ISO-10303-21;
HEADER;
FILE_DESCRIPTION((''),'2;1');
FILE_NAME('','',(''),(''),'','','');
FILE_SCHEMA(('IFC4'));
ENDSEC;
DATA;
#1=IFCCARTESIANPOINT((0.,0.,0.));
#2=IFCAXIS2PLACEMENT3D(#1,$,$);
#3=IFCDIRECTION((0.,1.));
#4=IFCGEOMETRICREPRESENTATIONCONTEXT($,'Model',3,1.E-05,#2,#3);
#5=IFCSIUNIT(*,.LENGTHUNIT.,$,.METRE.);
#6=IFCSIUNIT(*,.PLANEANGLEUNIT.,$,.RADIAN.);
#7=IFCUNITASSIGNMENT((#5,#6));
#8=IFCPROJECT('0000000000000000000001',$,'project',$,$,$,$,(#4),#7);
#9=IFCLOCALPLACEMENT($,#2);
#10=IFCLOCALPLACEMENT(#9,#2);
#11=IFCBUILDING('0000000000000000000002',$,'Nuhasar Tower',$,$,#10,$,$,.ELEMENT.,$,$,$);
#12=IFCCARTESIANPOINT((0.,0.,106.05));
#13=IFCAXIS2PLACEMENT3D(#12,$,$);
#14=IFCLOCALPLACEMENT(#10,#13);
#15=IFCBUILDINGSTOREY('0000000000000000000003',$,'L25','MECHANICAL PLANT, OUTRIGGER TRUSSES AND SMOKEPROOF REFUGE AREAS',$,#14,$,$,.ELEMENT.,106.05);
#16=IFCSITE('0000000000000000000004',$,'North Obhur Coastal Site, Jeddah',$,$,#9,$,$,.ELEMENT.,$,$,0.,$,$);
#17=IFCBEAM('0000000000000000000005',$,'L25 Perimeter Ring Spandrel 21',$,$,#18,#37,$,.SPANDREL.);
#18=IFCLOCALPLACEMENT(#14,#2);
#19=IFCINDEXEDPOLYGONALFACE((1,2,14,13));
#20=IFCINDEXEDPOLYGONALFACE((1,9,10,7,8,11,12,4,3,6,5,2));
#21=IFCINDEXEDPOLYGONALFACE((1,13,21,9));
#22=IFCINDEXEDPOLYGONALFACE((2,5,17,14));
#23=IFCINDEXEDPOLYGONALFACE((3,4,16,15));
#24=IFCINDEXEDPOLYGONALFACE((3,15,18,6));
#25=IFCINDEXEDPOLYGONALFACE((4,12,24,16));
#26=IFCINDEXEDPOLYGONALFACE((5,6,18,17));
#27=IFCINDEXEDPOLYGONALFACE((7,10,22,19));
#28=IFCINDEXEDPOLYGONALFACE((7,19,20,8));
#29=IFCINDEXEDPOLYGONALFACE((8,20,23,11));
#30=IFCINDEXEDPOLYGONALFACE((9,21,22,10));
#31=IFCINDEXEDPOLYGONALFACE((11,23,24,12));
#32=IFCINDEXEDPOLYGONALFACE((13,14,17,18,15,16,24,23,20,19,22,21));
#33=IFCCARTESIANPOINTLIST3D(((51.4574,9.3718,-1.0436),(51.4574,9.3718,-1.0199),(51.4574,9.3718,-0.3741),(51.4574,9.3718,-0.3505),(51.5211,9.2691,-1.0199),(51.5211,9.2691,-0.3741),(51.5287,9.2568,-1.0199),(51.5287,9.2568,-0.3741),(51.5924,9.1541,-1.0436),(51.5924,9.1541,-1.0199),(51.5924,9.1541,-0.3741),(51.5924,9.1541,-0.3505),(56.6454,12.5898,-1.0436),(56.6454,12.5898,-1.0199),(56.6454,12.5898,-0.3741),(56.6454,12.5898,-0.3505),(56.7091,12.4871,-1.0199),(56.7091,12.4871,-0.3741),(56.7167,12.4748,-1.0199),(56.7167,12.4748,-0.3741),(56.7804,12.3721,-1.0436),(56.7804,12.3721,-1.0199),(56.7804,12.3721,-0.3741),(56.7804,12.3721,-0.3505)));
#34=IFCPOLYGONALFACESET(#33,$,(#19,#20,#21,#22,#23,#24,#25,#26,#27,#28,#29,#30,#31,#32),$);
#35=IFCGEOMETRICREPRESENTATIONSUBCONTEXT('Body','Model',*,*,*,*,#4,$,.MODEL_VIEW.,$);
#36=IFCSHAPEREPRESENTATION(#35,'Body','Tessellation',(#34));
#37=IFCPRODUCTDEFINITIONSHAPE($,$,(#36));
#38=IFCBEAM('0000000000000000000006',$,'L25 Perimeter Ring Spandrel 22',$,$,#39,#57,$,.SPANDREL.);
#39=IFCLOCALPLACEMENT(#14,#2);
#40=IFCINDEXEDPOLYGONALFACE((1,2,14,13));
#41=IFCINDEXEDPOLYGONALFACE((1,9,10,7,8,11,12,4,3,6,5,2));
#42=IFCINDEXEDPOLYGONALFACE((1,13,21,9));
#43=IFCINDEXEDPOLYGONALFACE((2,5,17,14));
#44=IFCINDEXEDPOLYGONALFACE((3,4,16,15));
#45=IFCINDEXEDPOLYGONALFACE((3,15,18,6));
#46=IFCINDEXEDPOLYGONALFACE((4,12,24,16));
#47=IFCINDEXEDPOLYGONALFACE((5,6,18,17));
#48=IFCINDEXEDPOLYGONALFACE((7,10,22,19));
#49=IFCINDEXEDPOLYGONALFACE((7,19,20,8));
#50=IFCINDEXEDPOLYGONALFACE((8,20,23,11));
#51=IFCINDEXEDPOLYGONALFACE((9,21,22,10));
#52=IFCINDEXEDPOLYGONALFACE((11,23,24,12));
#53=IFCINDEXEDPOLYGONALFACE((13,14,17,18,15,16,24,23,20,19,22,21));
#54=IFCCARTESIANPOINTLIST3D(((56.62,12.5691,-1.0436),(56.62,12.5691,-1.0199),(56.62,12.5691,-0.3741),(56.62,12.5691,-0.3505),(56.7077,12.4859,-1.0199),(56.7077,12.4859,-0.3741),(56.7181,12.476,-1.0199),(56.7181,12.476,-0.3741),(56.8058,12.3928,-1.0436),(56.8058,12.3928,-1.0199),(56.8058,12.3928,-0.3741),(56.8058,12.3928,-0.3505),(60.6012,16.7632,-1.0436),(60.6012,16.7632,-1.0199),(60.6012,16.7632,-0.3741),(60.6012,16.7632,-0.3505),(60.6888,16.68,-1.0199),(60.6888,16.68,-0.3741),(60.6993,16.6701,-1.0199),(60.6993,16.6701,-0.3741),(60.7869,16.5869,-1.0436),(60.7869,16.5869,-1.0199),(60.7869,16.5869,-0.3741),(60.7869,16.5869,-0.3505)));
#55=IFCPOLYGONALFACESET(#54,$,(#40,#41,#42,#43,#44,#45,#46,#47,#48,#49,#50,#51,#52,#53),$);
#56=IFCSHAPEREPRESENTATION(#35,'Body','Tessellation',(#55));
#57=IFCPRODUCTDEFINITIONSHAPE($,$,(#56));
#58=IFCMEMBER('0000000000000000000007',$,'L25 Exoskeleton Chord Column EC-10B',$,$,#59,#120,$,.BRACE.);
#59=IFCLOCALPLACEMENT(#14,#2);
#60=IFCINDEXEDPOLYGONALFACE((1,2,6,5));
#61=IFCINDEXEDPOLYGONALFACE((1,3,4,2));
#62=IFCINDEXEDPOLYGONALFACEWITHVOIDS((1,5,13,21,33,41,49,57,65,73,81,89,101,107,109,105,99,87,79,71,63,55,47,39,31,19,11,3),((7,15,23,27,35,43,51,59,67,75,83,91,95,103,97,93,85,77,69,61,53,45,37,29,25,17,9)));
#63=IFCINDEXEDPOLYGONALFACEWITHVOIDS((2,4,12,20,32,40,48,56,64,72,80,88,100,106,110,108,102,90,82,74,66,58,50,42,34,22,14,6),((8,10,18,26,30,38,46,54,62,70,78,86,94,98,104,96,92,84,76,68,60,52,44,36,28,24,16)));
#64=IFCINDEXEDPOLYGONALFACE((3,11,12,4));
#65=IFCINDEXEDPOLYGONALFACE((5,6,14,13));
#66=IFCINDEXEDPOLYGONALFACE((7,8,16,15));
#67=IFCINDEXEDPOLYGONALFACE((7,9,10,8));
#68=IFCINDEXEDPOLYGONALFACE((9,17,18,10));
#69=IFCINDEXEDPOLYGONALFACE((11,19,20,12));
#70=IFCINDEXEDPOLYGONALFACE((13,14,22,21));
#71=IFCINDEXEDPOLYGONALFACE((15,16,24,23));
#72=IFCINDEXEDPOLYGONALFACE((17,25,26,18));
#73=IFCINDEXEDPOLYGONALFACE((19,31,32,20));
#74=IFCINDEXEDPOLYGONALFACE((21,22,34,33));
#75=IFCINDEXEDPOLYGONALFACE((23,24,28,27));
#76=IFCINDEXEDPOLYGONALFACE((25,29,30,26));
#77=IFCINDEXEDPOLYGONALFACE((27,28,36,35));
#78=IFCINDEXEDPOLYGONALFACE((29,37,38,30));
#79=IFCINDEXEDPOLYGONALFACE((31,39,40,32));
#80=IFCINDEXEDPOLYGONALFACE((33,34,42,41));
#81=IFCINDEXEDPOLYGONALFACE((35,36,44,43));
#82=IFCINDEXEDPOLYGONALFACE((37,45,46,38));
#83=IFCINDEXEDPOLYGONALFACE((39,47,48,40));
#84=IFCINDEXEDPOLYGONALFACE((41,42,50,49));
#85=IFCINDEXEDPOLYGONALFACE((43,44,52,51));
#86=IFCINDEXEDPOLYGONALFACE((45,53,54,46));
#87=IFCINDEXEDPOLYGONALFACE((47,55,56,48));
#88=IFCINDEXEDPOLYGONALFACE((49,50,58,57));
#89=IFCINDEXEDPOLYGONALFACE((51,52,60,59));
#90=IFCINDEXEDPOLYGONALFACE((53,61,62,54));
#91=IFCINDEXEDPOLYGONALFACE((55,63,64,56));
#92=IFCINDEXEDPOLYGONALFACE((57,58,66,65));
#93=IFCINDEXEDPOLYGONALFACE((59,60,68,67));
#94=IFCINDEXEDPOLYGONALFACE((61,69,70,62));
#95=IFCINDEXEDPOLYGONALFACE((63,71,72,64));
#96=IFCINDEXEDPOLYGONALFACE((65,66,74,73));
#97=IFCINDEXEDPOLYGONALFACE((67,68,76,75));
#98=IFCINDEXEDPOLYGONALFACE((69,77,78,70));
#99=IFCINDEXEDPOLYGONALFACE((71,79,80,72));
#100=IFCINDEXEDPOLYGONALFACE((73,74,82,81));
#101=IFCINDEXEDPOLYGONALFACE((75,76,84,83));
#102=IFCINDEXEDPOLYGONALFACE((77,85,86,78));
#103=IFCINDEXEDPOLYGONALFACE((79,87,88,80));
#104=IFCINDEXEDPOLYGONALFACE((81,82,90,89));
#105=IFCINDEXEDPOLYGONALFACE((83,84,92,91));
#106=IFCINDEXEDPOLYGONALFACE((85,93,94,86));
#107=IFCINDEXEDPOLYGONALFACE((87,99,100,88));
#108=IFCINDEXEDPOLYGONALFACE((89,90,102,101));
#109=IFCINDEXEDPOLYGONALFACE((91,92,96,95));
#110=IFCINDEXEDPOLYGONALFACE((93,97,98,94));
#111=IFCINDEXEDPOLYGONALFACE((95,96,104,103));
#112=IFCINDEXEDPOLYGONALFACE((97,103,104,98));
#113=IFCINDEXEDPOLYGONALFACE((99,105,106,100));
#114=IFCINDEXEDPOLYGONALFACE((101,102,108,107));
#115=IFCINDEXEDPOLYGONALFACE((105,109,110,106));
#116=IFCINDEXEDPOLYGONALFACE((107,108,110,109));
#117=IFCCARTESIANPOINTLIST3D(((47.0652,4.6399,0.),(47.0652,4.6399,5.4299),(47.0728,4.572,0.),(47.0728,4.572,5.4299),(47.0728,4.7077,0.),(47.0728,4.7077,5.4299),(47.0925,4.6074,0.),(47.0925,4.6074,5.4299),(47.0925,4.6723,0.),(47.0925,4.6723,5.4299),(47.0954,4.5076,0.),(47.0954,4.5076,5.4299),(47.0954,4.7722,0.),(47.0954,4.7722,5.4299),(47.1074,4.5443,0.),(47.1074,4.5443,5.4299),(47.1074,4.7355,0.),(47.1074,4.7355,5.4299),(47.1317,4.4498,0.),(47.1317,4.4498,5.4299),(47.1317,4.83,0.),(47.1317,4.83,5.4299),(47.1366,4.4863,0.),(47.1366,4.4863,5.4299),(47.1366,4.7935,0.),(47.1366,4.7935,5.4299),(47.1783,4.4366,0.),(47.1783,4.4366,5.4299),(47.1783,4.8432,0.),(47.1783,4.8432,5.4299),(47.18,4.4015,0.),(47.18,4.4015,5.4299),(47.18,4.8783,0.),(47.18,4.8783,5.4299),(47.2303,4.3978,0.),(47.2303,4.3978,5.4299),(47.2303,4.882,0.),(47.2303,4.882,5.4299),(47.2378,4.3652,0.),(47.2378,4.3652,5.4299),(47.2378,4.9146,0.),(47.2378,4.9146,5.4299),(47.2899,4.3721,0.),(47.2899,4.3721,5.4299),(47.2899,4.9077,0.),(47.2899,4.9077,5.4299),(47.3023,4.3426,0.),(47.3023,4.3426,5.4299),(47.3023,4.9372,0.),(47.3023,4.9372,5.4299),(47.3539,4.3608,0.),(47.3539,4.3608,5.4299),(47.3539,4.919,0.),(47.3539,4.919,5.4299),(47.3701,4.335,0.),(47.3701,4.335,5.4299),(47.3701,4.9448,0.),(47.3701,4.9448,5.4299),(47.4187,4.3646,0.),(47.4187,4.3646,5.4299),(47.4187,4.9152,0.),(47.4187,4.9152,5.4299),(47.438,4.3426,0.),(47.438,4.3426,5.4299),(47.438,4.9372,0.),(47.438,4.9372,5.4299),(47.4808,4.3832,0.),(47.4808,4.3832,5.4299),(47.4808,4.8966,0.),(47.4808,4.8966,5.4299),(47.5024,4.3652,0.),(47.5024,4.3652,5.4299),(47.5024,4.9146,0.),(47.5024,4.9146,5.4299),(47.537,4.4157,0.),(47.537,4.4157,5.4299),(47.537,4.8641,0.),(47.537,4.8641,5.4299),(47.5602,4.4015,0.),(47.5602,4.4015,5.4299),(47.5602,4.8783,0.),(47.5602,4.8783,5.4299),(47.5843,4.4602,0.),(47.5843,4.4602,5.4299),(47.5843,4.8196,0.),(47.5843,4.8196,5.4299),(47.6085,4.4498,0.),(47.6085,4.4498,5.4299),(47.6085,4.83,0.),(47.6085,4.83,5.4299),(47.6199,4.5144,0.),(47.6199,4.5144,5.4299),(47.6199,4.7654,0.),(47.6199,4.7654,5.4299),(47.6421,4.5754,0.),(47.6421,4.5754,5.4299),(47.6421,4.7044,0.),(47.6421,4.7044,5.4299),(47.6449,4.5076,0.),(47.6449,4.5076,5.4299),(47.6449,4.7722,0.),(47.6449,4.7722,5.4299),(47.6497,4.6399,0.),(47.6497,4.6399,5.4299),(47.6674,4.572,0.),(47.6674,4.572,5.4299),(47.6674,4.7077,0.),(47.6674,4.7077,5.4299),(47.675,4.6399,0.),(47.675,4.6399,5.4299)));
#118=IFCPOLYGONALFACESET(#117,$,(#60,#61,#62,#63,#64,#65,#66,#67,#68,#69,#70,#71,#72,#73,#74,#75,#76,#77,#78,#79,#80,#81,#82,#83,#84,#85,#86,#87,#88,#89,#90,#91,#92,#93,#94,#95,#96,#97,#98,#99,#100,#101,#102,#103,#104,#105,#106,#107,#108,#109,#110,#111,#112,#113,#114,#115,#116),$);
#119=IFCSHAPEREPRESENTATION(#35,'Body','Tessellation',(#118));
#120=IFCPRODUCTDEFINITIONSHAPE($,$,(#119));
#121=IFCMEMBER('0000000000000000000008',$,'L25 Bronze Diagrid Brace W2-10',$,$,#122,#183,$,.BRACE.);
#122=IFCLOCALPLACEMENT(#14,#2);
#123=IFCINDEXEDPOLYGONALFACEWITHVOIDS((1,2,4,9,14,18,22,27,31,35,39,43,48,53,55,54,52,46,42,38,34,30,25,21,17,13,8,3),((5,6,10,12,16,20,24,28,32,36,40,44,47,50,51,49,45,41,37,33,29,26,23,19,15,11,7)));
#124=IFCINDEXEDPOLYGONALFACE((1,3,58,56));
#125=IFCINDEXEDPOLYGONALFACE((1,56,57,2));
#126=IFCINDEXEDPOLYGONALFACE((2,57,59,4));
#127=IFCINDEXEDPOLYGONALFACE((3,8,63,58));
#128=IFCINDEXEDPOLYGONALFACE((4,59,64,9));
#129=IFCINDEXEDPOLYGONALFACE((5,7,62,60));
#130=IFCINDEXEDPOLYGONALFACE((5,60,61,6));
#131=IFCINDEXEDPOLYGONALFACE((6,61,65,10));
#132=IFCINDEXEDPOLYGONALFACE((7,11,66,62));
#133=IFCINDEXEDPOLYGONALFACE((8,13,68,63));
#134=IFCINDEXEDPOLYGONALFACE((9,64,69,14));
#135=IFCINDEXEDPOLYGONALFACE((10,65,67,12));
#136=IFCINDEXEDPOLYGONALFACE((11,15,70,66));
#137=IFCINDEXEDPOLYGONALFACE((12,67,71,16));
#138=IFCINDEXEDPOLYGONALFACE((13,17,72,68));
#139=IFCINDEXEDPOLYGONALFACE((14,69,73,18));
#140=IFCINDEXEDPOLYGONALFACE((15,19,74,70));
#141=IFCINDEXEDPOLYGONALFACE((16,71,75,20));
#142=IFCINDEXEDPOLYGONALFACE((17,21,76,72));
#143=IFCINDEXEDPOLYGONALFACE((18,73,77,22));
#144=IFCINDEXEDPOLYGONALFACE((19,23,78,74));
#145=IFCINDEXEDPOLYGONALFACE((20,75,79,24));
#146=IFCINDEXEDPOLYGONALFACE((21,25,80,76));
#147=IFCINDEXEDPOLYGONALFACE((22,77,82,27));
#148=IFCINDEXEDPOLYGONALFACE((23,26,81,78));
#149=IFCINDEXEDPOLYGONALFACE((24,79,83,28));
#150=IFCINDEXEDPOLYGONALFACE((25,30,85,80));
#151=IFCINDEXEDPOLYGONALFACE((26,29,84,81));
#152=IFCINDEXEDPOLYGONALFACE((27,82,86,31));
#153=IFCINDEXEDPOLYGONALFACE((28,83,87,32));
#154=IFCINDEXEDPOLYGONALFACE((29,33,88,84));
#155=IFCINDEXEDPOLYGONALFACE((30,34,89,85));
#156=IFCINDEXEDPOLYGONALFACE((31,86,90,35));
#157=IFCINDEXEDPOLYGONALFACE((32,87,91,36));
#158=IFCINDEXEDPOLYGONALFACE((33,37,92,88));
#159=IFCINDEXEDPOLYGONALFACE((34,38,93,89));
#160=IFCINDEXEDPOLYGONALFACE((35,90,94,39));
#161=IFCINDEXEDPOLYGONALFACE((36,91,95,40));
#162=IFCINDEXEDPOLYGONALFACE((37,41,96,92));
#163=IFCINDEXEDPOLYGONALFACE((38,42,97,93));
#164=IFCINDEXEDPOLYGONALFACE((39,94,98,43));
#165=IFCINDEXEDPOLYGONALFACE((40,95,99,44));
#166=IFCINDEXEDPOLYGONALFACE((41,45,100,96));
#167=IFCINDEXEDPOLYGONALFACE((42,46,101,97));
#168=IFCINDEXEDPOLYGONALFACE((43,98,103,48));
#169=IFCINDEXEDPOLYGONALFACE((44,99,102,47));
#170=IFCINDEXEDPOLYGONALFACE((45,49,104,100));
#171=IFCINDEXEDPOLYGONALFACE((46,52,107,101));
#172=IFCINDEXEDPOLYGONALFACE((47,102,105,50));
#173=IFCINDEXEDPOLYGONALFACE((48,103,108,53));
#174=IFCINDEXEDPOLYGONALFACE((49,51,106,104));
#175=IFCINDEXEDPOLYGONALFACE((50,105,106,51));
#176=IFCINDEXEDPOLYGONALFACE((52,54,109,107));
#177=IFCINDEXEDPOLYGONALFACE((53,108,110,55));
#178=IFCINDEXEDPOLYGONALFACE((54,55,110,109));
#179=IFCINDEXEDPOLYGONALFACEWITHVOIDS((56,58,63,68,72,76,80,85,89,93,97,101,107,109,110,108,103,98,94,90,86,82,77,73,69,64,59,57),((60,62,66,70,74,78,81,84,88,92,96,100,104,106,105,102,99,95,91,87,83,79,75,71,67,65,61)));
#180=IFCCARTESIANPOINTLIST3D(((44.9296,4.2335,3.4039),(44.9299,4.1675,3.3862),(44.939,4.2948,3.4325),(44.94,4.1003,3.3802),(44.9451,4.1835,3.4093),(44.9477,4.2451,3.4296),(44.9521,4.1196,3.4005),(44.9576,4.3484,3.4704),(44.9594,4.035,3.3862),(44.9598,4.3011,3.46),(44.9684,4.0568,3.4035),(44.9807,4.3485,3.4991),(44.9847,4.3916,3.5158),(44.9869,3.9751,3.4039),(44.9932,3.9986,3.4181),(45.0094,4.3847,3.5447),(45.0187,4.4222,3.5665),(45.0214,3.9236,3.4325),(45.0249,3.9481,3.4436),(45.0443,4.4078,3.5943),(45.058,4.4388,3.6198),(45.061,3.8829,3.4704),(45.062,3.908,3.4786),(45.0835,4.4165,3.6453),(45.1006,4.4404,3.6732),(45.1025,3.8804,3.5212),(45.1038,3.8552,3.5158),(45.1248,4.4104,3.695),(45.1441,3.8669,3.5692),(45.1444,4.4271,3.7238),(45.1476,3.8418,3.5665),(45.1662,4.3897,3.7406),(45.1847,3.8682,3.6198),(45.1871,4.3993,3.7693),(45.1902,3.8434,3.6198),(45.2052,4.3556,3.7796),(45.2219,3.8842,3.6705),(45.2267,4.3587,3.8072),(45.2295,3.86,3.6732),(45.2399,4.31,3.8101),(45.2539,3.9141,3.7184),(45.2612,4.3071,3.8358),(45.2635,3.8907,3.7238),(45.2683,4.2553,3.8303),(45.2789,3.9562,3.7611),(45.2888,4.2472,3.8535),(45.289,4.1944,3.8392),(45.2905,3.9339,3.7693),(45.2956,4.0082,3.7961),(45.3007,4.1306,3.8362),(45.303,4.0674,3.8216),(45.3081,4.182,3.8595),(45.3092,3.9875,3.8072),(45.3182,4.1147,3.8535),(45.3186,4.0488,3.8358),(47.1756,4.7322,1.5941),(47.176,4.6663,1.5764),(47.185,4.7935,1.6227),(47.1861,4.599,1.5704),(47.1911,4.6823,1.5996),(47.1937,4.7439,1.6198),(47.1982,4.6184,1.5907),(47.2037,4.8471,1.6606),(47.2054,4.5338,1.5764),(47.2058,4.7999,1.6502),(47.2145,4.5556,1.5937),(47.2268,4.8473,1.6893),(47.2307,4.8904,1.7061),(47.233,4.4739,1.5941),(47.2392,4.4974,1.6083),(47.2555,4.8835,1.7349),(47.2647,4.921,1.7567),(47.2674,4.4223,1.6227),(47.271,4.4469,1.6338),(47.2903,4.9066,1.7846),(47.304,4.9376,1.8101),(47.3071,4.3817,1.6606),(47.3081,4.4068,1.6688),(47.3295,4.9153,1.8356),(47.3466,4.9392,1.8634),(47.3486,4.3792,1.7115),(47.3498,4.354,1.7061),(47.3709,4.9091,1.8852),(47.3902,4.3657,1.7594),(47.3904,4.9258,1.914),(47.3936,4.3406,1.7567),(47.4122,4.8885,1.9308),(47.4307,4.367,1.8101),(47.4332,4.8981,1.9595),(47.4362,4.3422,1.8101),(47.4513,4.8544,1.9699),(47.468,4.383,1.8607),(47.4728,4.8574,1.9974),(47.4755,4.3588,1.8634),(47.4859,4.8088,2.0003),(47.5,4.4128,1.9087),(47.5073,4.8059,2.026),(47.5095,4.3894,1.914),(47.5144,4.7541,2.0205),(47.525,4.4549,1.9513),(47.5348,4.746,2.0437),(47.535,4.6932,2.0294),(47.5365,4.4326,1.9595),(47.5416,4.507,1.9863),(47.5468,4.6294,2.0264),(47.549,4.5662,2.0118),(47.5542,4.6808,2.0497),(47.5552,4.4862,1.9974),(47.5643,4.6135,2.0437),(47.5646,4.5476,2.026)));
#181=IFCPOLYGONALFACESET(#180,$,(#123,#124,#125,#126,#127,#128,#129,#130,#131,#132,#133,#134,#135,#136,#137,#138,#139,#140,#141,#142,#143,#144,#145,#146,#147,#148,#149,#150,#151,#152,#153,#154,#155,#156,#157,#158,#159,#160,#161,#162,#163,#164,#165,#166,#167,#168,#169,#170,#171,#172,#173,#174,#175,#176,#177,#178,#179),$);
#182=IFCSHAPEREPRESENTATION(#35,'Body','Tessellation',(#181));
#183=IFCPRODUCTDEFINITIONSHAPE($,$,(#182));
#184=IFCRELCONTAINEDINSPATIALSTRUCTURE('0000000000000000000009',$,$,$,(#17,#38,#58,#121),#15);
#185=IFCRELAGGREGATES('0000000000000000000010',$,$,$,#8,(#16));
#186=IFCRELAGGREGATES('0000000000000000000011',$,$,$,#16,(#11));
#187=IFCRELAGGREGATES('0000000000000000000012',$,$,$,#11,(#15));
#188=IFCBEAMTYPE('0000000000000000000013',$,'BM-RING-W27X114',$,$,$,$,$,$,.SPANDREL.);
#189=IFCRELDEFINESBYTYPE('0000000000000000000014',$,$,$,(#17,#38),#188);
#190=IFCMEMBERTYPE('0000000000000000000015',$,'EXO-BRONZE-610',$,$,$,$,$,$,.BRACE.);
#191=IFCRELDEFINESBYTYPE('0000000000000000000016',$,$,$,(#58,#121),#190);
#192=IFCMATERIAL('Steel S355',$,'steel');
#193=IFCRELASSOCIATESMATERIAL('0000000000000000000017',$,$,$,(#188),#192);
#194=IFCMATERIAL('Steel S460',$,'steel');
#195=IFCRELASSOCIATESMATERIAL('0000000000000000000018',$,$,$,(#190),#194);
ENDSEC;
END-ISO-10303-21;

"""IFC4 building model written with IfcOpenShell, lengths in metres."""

from ifc_helpers import new_model, si_unit, direction, frame, origin, origin_2d, place, context, subcontext, project, spatial, hollow_circle, i_section, extrude, material, material_profile, profile_set, type_object, element, save


model = new_model("IFC4")

# Units and contexts
model_context = context("Model", 3, precision=1e-05, world=origin(), true_north=direction((0.0, 1.0)))
body_context = subcontext(model_context, "Body", "Model", "MODEL_VIEW")
ifc_project = project(units=[si_unit("LENGTHUNIT", "METRE"), si_unit("PLANEANGLEUNIT", "RADIAN")], contexts=[model_context])

# Site, building, storey
site_placement = place(None, origin())
site = spatial("IfcSite", under=ifc_project, at=site_placement, Name="North Obhur Coastal Site, Jeddah", CompositionType="ELEMENT", RefElevation=0.0)
building_placement = place(site_placement, origin())
building = spatial("IfcBuilding", under=site, at=building_placement, Name="Nuhasar Tower", CompositionType="ELEMENT")
storey_placement = place(building_placement, frame((0.0, 0.0, 106.05)))
storey = spatial("IfcBuildingStorey", under=building, at=storey_placement, Name="L25", Description="MECHANICAL PLANT, OUTRIGGER TRUSSES AND SMOKEPROOF REFUGE AREAS", CompositionType="ELEMENT", Elevation=106.05)

# Shared definitions
ifc_material_1 = material(Name="Steel S460", Category="steel")

# Beams
ifc_material_2 = material(Name="Steel S355", Category="steel")
ifc_material_profile_1 = material_profile(ifc_material_2, i_section(OverallWidth=0.2561, OverallDepth=0.6931, WebThickness=0.0144, FlangeThickness=0.0237, at=origin_2d()), Name="W27X114")
ifc_profile_set_1 = profile_set([ifc_material_profile_1], Name="Steel S355")
beam_type_1 = type_object("IfcBeamType", Name="BM-RING-W27X114", PredefinedType="SPANDREL", material=ifc_profile_set_1)
beam_1_placement = place(storey_placement, frame((51.5249, 9.2629, -0.697), z_axis=(0.849795, 0.527113, 0.0), x_axis=(-0.527113, 0.849795, 0.0)))
element("IfcBeam", 1, at=beam_1_placement, inside=storey, type_object=beam_type_1, Name="L25 Perimeter Ring Spandrel 21", PredefinedType="SPANDREL", context=body_context, shape_type="SweptSolid", body=[
    extrude(i_section(OverallWidth=0.2561, OverallDepth=0.6931, WebThickness=0.0144, FlangeThickness=0.0237, at=origin_2d()), origin(), (0.0, 0.0, 1.0), 6.105),
])
beam_2_placement = place(storey_placement, frame((56.7129, 12.481, -0.697), z_axis=(0.68846, 0.725274, 0.0), x_axis=(-0.725274, 0.68846, 0.0)))
element("IfcBeam", 2, at=beam_2_placement, inside=storey, type_object=beam_type_1, Name="L25 Perimeter Ring Spandrel 22", PredefinedType="SPANDREL", context=body_context, shape_type="SweptSolid", body=[
    extrude(i_section(OverallWidth=0.2561, OverallDepth=0.6931, WebThickness=0.0144, FlangeThickness=0.0237, at=origin_2d()), origin(), (0.0, 0.0, 1.0), 5.7827),
])

# Members
ifc_material_profile_2 = material_profile(ifc_material_1, hollow_circle(Radius=0.3049, WallThickness=0.0254, at=origin_2d()), Name="HSS610X25.4")
ifc_profile_set_2 = profile_set([ifc_material_profile_2], Name="Steel S460")
member_type_1 = type_object("IfcMemberType", Name="EXO-BRONZE-610", PredefinedType="BRACE", material=ifc_profile_set_2)
member_1_placement = place(storey_placement, frame((47.3701, 4.6399, 0.0), z_axis=(0.0, 0.0, 1.0), x_axis=(1.0, 0.0, 0.0)))
element("IfcMember", 3, at=member_1_placement, inside=storey, type_object=member_type_1, Name="L25 Exoskeleton Chord Column EC-10B", PredefinedType="BRACE", context=body_context, shape_type="SweptSolid", body=[
    extrude(hollow_circle(Radius=0.3049, WallThickness=0.0254, at=origin_2d()), origin(), (0.0, 0.0, 1.0), 5.4299),
])
member_2_placement = place(storey_placement, frame((47.3701, 4.6399, 1.8101), z_axis=(-0.767289, -0.170388, 0.618252), x_axis=(0.216784, -0.97622, 0.0)))
element("IfcMember", 4, at=member_2_placement, inside=storey, type_object=member_type_1, Name="L25 Bronze Diagrid Brace W2-10", PredefinedType="BRACE", context=body_context, shape_type="SweptSolid", body=[
    extrude(hollow_circle(Radius=0.3049, WallThickness=0.0254, at=origin_2d()), origin(), (0.0, 0.0, 1.0), 2.9272),
])

save(model, "model.ifc")
